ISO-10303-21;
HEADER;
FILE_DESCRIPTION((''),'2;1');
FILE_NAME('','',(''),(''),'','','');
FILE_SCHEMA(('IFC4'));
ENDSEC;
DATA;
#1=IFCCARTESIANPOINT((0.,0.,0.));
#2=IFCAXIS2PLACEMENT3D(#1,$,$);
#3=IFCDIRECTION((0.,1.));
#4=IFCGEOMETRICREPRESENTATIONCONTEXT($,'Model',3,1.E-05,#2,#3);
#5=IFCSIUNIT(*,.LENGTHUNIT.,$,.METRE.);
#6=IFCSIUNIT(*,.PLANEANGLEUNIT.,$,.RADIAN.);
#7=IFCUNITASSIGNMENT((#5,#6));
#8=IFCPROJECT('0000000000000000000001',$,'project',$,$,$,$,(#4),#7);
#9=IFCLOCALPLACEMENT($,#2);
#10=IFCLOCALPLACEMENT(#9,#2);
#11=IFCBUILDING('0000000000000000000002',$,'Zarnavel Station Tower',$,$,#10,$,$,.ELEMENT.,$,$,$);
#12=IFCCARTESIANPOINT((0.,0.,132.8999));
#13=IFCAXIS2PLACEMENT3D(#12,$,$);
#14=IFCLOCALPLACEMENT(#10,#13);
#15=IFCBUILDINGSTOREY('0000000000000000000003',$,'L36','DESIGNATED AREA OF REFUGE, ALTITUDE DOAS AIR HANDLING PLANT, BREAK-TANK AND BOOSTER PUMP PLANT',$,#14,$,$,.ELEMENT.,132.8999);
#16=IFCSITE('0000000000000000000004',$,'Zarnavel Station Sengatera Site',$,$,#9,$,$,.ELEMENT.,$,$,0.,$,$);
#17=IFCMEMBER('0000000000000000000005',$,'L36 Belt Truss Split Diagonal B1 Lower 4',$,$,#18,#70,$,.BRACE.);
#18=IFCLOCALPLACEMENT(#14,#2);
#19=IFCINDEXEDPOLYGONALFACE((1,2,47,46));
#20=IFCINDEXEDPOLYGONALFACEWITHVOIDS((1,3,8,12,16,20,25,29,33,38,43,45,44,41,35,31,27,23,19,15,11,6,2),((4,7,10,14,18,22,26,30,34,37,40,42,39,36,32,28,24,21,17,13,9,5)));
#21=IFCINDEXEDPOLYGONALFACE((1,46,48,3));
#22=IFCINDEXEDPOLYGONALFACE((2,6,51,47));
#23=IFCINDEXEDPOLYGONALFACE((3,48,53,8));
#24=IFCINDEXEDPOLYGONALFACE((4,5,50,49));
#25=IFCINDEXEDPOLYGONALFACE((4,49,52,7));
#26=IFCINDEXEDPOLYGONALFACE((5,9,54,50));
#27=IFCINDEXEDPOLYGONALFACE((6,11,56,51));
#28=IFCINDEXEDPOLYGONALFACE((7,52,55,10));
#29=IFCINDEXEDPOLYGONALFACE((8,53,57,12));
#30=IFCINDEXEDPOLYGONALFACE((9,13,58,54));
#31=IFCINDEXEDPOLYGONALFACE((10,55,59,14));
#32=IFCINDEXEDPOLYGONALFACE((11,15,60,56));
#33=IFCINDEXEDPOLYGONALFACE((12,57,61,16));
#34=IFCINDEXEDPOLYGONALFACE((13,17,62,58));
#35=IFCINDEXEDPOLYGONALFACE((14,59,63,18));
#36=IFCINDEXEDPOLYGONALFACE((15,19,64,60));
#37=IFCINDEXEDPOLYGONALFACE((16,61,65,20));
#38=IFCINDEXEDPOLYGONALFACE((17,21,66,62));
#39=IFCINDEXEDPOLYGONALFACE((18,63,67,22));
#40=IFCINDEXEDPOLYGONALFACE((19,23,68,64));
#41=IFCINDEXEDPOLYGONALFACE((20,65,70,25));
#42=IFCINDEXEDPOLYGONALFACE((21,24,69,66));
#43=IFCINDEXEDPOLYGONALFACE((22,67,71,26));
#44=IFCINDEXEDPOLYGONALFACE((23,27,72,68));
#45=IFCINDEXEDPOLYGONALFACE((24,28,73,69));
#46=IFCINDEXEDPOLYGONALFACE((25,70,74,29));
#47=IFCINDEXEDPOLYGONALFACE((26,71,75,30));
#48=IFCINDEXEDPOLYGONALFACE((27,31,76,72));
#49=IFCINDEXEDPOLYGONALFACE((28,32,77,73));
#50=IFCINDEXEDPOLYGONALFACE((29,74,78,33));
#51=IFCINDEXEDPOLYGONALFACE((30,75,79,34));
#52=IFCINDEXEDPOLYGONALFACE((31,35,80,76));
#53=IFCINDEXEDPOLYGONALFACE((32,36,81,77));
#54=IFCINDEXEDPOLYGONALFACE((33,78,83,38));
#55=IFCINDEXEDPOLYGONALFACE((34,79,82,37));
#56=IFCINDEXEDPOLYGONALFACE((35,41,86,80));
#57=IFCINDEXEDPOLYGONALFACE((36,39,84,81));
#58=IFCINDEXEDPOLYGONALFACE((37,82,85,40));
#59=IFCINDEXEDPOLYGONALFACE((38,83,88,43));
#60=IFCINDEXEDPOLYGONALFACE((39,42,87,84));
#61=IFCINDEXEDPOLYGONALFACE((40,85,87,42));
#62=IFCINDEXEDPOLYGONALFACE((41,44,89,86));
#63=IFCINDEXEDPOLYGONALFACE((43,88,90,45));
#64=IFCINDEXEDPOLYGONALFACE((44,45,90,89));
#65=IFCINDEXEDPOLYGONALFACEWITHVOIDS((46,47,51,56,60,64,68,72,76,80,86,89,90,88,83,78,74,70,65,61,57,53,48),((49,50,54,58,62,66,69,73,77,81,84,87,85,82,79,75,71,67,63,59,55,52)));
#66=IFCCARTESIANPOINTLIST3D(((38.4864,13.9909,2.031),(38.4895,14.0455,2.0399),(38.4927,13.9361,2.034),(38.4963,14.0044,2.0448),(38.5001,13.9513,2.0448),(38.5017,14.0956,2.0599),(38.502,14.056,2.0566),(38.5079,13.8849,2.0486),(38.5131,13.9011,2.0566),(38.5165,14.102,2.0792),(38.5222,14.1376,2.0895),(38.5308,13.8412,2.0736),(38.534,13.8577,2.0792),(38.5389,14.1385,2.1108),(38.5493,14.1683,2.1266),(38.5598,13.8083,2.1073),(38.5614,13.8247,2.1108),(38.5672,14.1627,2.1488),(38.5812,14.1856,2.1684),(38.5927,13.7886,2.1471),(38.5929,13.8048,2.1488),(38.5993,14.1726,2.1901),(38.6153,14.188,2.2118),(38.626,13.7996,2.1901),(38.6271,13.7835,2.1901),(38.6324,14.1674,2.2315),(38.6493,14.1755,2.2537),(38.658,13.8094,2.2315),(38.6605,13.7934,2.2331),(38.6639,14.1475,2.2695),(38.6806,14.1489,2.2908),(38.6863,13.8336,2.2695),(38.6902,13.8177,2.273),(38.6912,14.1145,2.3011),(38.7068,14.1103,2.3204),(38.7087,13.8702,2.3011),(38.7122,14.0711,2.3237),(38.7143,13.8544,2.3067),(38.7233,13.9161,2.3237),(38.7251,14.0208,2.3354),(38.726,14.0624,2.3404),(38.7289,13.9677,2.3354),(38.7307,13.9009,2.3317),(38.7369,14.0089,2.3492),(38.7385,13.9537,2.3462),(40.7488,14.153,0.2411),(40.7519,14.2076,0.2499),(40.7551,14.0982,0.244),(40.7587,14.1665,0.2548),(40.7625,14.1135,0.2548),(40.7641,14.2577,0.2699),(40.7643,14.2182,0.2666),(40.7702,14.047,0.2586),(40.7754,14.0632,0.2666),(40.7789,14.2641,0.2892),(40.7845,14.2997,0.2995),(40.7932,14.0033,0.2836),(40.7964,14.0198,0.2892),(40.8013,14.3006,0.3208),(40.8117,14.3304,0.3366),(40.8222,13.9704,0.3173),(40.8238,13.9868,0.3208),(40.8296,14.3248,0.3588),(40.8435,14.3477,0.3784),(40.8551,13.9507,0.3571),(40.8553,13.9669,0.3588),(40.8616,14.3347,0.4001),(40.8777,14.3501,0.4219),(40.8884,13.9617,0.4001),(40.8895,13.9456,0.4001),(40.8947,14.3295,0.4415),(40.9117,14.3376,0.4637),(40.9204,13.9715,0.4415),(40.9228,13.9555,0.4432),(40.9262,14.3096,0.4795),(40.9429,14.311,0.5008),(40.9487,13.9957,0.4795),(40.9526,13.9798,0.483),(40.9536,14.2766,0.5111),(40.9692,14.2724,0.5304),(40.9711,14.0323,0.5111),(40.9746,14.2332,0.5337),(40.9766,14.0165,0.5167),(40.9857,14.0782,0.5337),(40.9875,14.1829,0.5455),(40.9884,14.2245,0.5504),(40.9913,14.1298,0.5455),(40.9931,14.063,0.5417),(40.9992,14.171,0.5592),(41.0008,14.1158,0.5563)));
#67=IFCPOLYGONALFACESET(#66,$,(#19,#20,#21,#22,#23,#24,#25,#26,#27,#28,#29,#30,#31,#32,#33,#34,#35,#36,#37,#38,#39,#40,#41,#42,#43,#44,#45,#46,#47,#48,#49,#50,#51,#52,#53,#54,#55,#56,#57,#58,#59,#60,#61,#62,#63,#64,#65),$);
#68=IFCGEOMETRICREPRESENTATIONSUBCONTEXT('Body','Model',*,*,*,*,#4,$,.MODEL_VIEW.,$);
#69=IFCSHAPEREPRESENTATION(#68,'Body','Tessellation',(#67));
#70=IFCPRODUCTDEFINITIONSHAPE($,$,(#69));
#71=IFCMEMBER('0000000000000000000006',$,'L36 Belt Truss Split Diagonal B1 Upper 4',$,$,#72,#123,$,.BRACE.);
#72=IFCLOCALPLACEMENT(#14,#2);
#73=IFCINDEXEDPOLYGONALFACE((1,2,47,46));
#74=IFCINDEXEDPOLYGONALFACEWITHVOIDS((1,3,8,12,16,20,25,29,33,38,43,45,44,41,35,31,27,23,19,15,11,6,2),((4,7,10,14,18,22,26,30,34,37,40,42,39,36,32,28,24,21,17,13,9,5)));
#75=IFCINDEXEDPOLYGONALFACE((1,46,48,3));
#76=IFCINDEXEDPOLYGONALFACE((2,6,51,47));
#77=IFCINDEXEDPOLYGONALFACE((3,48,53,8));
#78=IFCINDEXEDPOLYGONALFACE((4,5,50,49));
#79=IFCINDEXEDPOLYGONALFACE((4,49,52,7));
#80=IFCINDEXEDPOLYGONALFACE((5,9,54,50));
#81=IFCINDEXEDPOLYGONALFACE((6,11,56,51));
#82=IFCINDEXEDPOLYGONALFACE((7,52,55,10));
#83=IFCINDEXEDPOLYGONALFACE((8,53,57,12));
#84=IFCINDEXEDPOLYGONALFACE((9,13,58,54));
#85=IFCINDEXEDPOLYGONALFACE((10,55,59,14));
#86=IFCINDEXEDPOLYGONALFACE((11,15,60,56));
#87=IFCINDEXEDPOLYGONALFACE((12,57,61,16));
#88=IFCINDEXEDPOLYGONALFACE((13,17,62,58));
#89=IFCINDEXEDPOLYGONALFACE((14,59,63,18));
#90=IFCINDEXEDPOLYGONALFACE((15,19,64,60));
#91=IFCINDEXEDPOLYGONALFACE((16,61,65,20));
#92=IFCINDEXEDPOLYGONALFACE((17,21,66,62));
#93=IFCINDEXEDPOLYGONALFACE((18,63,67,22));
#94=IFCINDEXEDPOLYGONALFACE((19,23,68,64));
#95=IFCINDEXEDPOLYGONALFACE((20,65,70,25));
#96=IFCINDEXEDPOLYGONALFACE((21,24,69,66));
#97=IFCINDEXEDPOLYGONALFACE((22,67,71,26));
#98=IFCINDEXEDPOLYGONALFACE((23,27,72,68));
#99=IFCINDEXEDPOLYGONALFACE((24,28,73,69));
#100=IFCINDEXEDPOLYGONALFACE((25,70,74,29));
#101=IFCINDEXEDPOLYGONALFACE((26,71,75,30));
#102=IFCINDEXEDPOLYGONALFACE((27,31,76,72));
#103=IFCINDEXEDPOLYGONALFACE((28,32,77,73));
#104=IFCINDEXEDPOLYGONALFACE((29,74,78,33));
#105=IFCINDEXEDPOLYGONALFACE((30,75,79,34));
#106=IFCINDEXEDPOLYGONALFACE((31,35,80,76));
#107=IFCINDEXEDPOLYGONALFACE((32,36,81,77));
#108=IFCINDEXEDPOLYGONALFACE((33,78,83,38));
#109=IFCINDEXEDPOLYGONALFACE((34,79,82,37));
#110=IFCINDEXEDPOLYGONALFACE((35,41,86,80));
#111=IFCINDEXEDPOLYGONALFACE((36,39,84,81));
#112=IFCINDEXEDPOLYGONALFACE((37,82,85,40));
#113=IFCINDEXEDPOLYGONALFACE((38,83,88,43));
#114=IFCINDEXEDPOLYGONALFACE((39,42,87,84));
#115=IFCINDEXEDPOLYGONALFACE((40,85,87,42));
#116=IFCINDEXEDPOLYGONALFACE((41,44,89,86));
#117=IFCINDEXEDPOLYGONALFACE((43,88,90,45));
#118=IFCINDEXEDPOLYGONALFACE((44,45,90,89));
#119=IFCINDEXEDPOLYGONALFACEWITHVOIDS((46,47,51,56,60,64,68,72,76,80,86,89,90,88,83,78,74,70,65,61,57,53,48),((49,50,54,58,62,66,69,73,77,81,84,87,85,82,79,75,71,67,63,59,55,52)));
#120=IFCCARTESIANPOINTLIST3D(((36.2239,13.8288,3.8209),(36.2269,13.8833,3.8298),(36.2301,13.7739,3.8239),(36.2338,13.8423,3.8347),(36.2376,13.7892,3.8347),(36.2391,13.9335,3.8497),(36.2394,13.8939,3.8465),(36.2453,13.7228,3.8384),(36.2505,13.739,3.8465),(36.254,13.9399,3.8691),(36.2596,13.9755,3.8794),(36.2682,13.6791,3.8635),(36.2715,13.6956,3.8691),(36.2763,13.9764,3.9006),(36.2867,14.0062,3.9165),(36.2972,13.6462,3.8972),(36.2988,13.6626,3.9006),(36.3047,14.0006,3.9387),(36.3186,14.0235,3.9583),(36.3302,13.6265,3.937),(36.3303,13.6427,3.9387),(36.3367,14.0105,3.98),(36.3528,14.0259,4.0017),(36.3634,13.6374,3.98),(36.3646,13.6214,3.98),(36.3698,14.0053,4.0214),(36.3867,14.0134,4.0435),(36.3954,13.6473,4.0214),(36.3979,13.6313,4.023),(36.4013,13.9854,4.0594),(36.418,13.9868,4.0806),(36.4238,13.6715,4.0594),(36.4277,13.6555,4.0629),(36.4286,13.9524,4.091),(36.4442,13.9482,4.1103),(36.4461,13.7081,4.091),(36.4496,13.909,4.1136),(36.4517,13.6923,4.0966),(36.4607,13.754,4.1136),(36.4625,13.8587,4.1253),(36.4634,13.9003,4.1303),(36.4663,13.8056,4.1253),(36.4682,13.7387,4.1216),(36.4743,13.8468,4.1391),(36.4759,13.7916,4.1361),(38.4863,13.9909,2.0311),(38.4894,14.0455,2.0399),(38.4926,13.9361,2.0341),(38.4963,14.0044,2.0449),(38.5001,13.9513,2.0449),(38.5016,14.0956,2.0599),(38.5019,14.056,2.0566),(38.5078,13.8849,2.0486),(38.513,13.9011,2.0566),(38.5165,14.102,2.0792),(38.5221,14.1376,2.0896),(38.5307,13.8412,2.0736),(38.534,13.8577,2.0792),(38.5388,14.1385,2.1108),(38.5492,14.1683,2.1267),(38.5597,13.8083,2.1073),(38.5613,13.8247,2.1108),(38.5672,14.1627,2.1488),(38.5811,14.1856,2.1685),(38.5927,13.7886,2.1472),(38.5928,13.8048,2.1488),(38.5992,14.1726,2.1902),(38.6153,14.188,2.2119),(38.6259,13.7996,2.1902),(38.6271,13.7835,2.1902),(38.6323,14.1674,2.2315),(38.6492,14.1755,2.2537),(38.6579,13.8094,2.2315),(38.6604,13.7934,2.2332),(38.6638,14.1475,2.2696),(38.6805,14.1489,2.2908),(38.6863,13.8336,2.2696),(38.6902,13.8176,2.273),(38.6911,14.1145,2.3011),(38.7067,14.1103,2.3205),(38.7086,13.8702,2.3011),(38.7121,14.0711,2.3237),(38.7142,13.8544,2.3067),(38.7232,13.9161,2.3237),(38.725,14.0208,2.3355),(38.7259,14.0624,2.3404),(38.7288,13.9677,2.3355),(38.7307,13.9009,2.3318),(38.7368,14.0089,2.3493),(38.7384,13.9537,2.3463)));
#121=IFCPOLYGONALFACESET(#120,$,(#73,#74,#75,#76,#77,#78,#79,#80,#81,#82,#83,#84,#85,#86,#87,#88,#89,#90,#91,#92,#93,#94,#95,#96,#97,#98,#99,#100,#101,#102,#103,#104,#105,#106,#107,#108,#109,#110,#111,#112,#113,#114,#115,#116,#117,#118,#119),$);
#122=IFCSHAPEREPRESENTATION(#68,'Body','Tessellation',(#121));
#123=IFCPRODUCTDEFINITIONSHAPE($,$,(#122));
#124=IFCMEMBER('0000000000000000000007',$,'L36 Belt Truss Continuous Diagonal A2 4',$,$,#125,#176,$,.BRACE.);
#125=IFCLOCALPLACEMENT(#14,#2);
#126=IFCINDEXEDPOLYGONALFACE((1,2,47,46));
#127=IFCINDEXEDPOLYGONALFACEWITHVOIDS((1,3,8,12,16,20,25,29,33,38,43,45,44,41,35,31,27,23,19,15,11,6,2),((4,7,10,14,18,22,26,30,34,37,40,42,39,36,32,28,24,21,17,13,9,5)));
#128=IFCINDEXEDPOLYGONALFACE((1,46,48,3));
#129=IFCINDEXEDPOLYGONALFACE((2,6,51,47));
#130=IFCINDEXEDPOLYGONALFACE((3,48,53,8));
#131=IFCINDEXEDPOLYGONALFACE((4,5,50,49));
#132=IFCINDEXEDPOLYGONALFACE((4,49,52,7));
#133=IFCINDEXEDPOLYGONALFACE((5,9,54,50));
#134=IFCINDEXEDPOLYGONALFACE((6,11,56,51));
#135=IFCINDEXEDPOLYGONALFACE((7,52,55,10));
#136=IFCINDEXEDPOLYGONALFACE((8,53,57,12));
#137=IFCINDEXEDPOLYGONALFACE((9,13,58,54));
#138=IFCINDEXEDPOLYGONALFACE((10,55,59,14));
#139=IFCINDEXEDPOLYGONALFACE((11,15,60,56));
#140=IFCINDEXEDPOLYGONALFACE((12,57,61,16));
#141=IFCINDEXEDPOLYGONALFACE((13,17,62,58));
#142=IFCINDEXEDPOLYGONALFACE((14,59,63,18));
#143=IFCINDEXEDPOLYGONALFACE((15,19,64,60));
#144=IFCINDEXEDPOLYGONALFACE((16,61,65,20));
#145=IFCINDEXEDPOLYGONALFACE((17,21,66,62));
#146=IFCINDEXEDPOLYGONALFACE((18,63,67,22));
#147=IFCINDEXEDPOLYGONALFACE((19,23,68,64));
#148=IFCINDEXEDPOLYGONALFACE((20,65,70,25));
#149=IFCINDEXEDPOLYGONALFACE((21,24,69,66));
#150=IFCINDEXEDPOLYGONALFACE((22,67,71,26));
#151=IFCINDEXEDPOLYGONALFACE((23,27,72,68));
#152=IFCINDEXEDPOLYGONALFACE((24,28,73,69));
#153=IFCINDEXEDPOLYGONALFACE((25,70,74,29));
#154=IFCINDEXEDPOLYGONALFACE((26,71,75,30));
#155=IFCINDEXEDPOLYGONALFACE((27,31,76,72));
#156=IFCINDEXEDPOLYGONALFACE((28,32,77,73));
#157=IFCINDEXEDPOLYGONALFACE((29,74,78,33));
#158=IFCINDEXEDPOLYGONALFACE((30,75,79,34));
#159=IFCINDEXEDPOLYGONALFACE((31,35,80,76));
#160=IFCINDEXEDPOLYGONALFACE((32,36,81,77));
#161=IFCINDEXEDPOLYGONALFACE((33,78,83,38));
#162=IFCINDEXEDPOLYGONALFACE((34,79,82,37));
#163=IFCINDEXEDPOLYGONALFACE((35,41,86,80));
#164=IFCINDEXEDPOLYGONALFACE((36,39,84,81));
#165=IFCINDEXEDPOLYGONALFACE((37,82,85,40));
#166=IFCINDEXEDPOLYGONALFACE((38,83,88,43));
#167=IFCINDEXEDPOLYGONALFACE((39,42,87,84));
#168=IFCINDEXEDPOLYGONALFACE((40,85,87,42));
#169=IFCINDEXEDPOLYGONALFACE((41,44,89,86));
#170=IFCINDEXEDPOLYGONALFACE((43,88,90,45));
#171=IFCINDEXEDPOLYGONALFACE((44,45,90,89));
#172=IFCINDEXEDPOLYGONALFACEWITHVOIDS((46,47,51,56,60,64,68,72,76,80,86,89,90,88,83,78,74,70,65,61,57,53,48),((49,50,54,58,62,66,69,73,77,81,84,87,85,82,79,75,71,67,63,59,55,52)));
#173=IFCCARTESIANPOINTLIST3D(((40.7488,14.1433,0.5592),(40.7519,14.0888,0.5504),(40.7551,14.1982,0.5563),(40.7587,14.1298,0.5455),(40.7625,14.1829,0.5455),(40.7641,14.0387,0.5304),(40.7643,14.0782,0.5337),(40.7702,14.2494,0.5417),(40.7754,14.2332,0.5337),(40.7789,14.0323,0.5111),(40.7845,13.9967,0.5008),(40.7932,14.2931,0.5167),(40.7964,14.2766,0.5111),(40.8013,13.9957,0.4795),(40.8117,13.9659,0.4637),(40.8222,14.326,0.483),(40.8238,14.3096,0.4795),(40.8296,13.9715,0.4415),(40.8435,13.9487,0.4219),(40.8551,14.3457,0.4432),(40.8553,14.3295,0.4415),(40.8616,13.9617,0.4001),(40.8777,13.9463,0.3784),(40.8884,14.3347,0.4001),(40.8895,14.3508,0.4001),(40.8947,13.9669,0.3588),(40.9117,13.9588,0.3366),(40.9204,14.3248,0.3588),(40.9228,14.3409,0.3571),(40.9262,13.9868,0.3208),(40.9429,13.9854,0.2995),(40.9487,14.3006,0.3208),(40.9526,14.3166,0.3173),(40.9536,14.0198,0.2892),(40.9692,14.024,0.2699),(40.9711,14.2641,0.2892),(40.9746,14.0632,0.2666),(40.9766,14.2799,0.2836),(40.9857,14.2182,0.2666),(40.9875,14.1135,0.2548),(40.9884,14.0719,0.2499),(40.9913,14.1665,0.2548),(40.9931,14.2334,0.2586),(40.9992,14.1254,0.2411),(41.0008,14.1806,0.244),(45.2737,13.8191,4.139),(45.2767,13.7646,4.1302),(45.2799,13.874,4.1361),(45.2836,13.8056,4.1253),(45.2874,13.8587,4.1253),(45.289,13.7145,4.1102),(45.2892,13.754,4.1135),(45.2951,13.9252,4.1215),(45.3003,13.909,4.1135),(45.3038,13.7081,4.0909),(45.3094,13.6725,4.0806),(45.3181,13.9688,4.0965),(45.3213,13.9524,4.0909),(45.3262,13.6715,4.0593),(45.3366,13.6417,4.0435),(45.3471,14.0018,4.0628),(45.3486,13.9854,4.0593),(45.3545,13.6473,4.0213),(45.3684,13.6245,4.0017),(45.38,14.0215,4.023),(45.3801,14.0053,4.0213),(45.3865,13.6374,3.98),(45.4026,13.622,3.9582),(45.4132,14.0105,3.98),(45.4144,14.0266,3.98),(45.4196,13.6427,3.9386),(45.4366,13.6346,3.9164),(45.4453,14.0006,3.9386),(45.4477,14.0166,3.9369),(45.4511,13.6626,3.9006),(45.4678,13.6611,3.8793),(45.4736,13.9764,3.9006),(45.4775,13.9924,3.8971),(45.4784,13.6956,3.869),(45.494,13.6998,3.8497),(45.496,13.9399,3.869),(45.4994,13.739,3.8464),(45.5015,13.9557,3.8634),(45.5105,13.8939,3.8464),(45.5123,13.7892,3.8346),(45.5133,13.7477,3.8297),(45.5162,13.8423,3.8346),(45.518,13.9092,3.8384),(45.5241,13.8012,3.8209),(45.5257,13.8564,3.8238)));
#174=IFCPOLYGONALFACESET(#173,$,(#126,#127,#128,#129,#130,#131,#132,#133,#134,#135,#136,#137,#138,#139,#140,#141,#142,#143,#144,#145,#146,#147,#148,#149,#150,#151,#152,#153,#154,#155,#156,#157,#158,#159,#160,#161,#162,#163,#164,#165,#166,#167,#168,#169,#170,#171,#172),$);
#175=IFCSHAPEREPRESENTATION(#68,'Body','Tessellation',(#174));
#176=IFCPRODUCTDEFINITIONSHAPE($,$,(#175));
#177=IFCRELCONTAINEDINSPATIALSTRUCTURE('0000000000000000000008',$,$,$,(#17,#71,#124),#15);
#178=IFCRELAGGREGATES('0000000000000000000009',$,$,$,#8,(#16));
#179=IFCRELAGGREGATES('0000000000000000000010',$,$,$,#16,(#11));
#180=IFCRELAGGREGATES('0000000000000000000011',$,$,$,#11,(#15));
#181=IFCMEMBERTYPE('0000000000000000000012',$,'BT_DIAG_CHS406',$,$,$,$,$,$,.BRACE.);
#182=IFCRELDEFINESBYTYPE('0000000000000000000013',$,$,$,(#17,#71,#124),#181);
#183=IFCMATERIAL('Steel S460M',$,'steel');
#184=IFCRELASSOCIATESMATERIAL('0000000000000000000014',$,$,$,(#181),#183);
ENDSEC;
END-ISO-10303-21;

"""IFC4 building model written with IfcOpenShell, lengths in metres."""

from ifc_helpers import new_model, si_unit, direction, frame, origin, origin_2d, place, context, subcontext, project, spatial, hollow_circle, extrude, material, material_profile, profile_set, type_object, element, save


model = new_model("IFC4")

# Units and contexts
model_context = context("Model", 3, precision=1e-05, world=origin(), true_north=direction((0.0, 1.0)))
body_context = subcontext(model_context, "Body", "Model", "MODEL_VIEW")
ifc_project = project(units=[si_unit("LENGTHUNIT", "METRE"), si_unit("PLANEANGLEUNIT", "RADIAN")], contexts=[model_context])

# Site, building, storey
site_placement = place(None, origin())
site = spatial("IfcSite", under=ifc_project, at=site_placement, Name="Zarnavel Station Sengatera Site", CompositionType="ELEMENT", RefElevation=0.0)
building_placement = place(site_placement, origin())
building = spatial("IfcBuilding", under=site, at=building_placement, Name="Zarnavel Station Tower", CompositionType="ELEMENT")
storey_placement = place(building_placement, frame((0.0, 0.0, 132.8999)))
storey = spatial("IfcBuildingStorey", under=building, at=storey_placement, Name="L36", Description="DESIGNATED AREA OF REFUGE, ALTITUDE DOAS AIR HANDLING PLANT, BREAK-TANK AND BOOSTER PUMP PLANT", CompositionType="ELEMENT", Elevation=132.8999)

# Members
ifc_material_1 = material(Name="Steel S460M", Category="steel")
ifc_material_profile_1 = material_profile(ifc_material_1, hollow_circle(Radius=0.2031, WallThickness=0.0161, at=origin_2d()), Name="CHS406.4x16")
ifc_profile_set_1 = profile_set([ifc_material_profile_1], Name="Steel S460M")
member_type_1 = type_object("IfcMemberType", Name="BT_DIAG_CHS406", PredefinedType="BRACE", material=ifc_profile_set_1)
for number, where, z_axis, x_axis, name in (
    (1, (40.875, 14.1482, 0.4001), (-0.782991, -0.056103, 0.619498), (0.071469, -0.997443, 0.0), "L36 Belt Truss Split Diagonal B1 Lower 4"),
    (2, (38.6125, 13.9861, 2.1902), (-0.783032, -0.056106, 0.619446), (0.071469, -0.997443, 0.0), "L36 Belt Truss Split Diagonal B1 Upper 4"),
):
    element("IfcMember", number, at=place(storey_placement, frame(where, z_axis=z_axis, x_axis=x_axis)), inside=storey, type_object=member_type_1, Name=name, PredefinedType="BRACE", context=body_context, shape_type="SweptSolid", body=[
        extrude(hollow_circle(Radius=0.2031, WallThickness=0.0161, at=origin_2d()), origin(), (0.0, 0.0, 1.0), 2.8894),
    ])
member_1_placement = place(storey_placement, frame((40.875, 14.1482, 0.4001), z_axis=(0.783011, -0.056104, 0.619472), x_axis=(0.071469, 0.997443, 0.0)))
element("IfcMember", 3, at=member_1_placement, inside=storey, type_object=member_type_1, Name="L36 Belt Truss Continuous Diagonal A2 4", PredefinedType="BRACE", context=body_context, shape_type="SweptSolid", body=[
    extrude(hollow_circle(Radius=0.2031, WallThickness=0.0161, at=origin_2d()), origin(), (0.0, 0.0, 1.0), 5.7788),
])

save(model, "model.ifc")
